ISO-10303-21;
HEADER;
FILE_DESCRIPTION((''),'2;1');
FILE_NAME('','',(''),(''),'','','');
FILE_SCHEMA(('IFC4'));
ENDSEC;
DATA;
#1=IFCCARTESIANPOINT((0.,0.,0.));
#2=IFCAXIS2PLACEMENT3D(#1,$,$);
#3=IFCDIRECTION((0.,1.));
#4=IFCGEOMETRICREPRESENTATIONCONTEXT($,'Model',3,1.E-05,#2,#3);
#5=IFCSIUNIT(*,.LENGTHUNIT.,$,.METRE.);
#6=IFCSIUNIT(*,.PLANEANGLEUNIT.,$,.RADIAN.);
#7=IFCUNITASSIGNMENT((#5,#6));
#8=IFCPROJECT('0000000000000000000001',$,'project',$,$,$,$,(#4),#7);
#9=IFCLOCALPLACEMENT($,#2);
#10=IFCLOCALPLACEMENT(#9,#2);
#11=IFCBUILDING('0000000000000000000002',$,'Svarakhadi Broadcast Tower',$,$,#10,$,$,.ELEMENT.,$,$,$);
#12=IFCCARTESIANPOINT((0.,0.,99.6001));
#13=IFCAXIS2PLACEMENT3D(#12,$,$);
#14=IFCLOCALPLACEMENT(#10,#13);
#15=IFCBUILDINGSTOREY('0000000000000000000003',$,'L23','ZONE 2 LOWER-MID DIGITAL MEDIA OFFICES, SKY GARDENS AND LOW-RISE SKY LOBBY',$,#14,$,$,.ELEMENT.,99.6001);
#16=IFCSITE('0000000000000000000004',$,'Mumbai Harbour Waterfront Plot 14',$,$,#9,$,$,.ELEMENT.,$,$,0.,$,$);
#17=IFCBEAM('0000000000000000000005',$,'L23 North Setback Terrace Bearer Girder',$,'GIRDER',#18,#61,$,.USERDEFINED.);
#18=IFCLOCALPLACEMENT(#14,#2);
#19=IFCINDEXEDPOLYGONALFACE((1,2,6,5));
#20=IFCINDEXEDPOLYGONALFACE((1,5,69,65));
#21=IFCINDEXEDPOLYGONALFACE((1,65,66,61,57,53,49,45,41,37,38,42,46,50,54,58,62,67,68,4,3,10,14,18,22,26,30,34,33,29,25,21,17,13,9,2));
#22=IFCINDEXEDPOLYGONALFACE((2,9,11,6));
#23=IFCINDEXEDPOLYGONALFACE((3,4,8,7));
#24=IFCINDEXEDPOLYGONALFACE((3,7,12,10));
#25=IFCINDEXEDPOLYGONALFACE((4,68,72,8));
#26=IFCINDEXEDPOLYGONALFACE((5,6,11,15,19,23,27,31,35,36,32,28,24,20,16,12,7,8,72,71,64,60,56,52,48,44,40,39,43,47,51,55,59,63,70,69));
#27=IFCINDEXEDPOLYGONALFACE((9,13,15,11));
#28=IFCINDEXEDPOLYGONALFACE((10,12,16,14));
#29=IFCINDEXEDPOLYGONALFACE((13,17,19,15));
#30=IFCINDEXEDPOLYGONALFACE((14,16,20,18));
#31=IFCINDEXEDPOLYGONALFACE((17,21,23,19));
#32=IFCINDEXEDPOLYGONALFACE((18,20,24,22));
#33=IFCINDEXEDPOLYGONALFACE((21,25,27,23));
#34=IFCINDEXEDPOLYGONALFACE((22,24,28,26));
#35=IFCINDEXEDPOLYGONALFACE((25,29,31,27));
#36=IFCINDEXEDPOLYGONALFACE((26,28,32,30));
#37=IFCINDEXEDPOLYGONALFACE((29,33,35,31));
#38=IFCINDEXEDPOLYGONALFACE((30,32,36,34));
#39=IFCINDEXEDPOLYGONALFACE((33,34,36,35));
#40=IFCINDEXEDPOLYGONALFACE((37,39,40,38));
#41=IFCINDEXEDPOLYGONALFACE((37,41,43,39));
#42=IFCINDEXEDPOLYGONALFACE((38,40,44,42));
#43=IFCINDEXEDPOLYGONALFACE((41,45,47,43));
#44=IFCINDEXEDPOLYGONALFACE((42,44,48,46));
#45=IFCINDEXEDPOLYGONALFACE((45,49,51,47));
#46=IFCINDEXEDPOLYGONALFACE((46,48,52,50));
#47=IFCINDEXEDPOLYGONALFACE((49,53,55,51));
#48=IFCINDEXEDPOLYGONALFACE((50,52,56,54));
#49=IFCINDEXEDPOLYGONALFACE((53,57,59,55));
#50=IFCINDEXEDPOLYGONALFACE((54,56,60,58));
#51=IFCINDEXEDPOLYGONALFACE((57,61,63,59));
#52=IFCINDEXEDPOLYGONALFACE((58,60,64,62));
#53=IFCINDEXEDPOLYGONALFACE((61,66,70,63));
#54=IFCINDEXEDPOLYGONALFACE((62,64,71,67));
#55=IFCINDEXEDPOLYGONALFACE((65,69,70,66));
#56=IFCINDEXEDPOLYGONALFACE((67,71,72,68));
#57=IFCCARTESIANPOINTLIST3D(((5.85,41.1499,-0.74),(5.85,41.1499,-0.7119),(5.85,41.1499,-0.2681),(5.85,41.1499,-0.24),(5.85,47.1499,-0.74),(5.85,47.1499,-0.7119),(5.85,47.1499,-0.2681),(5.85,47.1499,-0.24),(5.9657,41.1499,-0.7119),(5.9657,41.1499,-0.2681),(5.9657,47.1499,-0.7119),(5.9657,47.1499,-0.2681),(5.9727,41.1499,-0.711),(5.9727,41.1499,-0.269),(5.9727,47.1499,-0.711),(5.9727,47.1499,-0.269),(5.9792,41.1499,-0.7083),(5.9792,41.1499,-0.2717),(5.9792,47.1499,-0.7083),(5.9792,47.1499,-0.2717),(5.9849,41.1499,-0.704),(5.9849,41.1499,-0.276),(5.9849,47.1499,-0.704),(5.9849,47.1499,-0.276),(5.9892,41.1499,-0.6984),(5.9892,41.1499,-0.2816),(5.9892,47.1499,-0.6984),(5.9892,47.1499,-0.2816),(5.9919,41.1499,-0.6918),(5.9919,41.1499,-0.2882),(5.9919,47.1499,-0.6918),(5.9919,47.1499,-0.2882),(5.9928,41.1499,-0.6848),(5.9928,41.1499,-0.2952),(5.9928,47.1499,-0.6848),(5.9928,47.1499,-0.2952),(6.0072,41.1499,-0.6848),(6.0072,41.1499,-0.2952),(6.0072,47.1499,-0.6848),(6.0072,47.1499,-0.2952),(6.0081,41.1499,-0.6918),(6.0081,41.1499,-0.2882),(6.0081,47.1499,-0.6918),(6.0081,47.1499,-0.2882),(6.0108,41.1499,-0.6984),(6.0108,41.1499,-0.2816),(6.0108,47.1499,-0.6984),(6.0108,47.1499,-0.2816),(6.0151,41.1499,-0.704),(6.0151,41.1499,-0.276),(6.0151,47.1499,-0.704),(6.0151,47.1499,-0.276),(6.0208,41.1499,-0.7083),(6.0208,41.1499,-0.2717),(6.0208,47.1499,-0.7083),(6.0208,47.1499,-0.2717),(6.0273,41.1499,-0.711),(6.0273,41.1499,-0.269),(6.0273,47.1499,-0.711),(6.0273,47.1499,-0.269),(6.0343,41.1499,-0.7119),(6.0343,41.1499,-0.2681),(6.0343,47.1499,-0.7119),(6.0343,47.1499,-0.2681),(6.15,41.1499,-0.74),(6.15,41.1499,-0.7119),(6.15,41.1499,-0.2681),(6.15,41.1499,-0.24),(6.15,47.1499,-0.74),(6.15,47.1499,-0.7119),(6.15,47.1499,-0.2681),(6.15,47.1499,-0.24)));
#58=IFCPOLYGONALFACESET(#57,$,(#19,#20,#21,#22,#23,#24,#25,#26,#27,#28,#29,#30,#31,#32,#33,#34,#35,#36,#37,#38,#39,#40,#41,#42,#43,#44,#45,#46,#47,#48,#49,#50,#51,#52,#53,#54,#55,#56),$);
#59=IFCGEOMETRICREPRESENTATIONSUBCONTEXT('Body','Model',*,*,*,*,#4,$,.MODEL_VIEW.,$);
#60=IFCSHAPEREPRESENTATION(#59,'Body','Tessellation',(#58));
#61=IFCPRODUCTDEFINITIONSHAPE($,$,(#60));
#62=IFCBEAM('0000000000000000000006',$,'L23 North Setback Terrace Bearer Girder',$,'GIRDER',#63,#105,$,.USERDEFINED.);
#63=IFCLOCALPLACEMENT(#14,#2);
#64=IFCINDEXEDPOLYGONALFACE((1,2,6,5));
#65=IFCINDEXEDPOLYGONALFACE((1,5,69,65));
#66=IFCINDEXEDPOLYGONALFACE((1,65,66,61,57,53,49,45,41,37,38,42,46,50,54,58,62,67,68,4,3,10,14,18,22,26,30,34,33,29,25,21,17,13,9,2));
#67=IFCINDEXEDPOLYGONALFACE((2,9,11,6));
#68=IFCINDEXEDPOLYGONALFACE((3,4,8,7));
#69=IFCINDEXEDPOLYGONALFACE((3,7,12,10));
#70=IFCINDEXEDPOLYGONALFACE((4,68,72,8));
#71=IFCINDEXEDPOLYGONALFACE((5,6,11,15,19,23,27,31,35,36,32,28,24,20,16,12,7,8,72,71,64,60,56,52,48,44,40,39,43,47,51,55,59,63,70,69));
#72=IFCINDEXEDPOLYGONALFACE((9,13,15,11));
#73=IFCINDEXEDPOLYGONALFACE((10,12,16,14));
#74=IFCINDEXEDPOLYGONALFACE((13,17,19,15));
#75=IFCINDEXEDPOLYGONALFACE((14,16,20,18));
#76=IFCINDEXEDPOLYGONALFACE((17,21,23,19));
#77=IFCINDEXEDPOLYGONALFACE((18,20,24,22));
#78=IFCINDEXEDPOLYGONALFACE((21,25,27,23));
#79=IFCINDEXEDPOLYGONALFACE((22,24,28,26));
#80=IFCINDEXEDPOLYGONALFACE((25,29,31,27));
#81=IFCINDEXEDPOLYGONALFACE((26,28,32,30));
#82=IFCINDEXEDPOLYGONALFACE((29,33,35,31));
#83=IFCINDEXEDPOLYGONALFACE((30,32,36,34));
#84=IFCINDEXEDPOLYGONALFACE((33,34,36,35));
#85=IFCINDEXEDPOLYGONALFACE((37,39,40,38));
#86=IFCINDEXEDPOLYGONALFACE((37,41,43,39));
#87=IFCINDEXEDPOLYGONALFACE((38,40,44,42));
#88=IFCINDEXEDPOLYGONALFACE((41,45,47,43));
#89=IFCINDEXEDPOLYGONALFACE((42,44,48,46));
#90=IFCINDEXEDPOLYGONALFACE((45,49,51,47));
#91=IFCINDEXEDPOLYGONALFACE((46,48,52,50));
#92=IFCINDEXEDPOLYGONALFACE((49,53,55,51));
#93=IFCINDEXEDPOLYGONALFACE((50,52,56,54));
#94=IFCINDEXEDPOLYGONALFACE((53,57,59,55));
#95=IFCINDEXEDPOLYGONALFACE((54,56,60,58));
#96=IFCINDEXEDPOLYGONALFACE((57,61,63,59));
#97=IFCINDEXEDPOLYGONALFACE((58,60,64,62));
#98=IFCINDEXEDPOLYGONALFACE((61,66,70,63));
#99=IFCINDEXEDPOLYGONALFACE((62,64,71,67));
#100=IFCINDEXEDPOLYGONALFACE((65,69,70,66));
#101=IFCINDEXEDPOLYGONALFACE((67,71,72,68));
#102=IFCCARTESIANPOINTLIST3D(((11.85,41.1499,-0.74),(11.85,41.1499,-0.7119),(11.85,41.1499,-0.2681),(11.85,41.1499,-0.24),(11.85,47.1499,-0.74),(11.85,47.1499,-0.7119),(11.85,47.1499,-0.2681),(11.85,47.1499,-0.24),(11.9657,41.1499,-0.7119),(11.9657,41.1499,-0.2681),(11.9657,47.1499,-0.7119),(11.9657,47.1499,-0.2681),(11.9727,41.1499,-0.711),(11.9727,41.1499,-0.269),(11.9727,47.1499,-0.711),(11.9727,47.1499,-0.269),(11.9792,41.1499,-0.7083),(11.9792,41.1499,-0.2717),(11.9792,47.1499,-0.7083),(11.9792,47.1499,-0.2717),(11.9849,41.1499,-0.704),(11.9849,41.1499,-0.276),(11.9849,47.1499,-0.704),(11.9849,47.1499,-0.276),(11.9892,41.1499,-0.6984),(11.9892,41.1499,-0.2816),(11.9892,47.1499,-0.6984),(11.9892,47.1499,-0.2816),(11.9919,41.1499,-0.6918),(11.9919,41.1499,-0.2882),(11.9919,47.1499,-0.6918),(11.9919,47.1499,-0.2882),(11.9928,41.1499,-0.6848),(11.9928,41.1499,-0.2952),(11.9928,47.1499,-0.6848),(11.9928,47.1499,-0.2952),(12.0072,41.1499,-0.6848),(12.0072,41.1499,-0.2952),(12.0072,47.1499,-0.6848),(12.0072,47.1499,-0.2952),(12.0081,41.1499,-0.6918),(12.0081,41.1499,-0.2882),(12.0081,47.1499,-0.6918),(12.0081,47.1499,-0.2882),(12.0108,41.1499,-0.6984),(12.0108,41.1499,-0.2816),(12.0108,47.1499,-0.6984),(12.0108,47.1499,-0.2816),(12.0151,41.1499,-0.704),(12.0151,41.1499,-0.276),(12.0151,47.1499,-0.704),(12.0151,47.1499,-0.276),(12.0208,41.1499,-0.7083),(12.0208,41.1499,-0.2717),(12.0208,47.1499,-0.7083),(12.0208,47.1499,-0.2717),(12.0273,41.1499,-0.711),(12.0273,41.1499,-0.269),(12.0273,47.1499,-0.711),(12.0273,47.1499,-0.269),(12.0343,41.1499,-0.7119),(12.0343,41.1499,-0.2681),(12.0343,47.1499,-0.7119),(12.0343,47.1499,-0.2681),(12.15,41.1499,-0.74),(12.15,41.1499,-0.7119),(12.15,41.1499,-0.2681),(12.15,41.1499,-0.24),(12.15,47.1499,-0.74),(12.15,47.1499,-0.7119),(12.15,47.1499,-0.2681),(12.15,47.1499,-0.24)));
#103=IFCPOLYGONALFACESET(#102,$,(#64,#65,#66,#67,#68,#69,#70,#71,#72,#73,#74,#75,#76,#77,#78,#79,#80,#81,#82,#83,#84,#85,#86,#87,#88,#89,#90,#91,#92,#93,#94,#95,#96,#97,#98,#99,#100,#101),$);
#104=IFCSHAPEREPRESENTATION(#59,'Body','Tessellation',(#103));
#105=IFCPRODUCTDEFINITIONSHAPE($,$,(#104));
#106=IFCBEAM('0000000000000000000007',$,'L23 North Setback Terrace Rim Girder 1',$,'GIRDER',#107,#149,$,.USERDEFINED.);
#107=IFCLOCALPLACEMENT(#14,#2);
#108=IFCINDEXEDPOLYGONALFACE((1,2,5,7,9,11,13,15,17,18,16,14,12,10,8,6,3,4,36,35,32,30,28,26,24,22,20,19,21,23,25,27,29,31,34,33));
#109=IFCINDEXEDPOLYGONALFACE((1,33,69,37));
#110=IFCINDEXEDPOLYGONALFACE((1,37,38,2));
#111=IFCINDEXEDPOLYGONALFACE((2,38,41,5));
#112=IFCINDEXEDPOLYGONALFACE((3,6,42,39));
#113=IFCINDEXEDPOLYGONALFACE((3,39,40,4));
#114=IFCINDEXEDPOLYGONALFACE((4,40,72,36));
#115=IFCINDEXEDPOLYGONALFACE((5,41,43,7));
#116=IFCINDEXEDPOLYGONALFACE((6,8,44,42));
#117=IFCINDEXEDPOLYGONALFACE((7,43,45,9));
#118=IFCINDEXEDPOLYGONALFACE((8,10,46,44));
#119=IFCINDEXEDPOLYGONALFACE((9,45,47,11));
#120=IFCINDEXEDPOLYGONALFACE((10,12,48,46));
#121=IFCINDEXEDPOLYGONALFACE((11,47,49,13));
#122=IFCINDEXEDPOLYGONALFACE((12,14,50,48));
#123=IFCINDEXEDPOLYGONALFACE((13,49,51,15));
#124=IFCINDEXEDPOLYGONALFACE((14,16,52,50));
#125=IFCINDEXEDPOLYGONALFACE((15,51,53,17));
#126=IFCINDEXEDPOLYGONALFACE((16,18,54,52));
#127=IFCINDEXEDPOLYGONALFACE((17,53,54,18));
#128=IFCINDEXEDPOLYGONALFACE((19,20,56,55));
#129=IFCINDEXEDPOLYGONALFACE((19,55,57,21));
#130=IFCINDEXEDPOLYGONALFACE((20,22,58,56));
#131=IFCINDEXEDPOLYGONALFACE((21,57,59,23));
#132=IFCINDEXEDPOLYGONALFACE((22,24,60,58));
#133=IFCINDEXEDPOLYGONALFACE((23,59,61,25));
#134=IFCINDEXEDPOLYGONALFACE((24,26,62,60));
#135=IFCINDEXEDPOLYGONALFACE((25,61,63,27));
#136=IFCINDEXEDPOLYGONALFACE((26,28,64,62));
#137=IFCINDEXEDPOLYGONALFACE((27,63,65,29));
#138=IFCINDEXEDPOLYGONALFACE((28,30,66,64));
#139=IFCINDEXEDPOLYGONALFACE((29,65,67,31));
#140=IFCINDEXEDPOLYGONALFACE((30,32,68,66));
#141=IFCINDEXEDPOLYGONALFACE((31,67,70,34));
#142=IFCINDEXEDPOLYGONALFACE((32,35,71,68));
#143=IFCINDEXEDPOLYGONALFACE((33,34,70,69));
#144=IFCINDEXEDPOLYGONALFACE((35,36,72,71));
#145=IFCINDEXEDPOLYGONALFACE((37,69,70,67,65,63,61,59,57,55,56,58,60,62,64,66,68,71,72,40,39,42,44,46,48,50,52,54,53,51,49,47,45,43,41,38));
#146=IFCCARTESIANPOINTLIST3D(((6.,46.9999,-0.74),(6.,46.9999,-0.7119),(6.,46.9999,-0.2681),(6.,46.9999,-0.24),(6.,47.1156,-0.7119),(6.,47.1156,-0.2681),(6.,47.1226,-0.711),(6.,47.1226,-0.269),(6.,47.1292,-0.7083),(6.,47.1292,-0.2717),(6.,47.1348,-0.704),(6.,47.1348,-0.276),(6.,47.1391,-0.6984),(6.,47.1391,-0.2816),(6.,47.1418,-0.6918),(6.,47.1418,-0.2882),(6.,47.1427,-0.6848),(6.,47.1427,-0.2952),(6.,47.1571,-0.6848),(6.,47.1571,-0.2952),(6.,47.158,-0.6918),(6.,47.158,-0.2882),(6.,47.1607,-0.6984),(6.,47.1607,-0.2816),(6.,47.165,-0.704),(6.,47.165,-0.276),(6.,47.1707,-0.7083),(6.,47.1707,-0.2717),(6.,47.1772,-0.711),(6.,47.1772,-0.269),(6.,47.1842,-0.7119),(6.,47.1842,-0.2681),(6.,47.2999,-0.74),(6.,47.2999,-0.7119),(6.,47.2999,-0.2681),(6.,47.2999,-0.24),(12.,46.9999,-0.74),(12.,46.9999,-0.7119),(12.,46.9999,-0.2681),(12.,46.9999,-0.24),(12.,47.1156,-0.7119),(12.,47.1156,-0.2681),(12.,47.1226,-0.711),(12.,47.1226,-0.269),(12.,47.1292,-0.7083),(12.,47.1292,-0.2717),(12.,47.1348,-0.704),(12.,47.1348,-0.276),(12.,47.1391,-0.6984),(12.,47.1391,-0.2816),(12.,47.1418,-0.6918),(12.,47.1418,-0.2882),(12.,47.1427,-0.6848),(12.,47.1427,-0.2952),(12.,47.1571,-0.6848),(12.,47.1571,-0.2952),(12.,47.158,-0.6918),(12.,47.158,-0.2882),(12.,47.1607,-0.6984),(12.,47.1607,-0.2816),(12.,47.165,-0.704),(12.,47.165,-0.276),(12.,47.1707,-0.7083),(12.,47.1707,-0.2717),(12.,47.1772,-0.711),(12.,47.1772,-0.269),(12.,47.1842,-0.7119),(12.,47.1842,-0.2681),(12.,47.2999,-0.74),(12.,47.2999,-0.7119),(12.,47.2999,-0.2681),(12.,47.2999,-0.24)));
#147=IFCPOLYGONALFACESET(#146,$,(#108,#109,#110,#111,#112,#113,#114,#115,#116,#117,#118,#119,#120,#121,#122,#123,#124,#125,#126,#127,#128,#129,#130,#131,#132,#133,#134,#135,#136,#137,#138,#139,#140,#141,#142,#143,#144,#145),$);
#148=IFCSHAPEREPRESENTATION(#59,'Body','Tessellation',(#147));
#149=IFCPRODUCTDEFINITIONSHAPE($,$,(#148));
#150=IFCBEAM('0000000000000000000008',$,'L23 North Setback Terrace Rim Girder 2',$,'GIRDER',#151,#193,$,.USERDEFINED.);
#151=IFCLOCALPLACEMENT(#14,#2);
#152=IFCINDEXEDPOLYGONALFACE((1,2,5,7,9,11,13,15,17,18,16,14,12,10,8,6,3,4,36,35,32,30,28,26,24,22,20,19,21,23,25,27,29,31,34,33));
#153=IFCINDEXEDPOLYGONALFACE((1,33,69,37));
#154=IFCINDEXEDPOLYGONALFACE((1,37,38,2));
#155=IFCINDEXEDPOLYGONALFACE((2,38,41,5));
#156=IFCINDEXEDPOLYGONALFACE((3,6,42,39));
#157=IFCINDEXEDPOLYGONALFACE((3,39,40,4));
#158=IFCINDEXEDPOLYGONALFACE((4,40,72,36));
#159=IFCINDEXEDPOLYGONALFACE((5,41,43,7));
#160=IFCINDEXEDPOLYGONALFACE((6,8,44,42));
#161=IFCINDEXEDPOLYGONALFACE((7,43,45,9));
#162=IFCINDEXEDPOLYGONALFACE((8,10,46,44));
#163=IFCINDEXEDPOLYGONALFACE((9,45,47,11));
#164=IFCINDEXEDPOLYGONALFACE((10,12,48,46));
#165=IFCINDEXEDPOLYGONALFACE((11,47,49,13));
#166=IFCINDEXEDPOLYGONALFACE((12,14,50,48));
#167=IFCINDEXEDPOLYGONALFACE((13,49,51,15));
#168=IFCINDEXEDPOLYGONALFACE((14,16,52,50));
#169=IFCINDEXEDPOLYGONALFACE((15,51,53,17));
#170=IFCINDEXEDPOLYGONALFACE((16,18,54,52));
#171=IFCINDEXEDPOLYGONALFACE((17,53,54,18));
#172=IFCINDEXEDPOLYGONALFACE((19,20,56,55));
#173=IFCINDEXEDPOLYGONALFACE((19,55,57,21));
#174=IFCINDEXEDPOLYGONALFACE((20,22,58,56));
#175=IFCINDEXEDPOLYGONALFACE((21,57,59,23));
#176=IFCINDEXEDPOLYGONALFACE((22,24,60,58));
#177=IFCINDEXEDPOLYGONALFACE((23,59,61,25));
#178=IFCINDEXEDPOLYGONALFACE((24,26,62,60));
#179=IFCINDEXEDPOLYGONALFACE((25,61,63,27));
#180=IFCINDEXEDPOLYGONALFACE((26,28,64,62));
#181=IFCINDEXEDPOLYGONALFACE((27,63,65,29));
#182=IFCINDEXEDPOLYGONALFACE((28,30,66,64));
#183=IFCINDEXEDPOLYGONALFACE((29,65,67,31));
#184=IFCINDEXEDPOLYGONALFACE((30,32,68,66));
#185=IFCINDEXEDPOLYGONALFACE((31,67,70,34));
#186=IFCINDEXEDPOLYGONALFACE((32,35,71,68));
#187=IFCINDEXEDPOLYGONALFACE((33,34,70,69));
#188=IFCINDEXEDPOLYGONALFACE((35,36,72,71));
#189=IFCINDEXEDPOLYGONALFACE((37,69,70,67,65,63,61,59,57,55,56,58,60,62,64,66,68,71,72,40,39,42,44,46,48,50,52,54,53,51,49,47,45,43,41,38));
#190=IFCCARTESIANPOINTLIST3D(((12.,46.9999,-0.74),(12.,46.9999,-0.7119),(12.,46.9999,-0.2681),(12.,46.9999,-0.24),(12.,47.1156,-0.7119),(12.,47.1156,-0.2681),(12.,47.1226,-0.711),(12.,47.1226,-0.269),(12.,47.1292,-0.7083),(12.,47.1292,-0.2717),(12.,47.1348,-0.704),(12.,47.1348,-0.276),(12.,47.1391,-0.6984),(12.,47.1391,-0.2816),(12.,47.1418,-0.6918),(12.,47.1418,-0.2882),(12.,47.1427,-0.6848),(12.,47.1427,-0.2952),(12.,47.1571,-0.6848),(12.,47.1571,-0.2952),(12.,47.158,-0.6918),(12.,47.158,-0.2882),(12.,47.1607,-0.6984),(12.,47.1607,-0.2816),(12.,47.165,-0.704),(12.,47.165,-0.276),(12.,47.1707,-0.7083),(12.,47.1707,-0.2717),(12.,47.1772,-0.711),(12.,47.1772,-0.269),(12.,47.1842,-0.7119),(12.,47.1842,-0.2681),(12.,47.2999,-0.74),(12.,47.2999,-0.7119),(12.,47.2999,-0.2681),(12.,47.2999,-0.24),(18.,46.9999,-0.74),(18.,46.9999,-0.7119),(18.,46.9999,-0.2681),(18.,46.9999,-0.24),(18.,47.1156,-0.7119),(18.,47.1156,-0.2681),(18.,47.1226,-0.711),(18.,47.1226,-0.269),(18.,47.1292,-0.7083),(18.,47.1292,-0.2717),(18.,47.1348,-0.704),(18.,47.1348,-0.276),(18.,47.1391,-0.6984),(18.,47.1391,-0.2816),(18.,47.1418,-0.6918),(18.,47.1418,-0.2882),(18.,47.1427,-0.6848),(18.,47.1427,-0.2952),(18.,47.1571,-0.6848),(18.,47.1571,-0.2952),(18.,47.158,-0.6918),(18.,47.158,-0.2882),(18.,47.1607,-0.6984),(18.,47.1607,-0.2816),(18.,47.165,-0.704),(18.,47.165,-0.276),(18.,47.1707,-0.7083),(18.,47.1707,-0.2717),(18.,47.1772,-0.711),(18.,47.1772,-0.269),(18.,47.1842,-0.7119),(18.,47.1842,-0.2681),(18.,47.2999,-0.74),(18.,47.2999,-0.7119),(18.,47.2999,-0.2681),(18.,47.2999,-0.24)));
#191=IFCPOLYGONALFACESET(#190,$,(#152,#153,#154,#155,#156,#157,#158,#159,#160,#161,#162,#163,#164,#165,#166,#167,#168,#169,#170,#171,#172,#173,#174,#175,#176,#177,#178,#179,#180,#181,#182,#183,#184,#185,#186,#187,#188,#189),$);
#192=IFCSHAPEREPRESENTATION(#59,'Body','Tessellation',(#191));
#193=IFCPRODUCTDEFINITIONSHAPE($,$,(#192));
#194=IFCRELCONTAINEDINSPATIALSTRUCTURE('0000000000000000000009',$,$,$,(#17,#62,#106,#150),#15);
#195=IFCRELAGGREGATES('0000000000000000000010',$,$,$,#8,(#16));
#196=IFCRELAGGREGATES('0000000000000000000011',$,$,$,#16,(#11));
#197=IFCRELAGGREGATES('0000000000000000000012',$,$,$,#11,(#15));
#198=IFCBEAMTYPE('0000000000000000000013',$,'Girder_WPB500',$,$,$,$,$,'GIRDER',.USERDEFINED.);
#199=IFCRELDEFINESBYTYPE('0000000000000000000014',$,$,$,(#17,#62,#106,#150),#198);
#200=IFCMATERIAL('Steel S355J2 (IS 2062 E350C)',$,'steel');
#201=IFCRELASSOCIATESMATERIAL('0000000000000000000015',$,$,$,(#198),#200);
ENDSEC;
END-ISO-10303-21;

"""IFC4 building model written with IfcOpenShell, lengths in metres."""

from ifc_helpers import new_model, si_unit, direction, frame, origin, origin_2d, place, context, subcontext, project, spatial, i_section, extrude, material, material_profile, profile_set, type_object, element, save


model = new_model("IFC4")

# Units and contexts
model_context = context("Model", 3, precision=1e-05, world=origin(), true_north=direction((0.0, 1.0)))
body_context = subcontext(model_context, "Body", "Model", "MODEL_VIEW")
ifc_project = project(units=[si_unit("LENGTHUNIT", "METRE"), si_unit("PLANEANGLEUNIT", "RADIAN")], contexts=[model_context])

# Site, building, storey
site_placement = place(None, origin())
site = spatial("IfcSite", under=ifc_project, at=site_placement, Name="Mumbai Harbour Waterfront Plot 14", CompositionType="ELEMENT", RefElevation=0.0)
building_placement = place(site_placement, origin())
building = spatial("IfcBuilding", under=site, at=building_placement, Name="Svarakhadi Broadcast Tower", CompositionType="ELEMENT")
storey_placement = place(building_placement, frame((0.0, 0.0, 99.6001)))
storey = spatial("IfcBuildingStorey", under=building, at=storey_placement, Name="L23", Description="ZONE 2 LOWER-MID DIGITAL MEDIA OFFICES, SKY GARDENS AND LOW-RISE SKY LOBBY", CompositionType="ELEMENT", Elevation=99.6001)

# Shared definitions
ifc_material_1 = material(Name="Steel S355J2 (IS 2062 E350C)", Category="steel")

# Beams
ifc_material_profile_1 = material_profile(ifc_material_1, i_section(OverallWidth=0.3, OverallDepth=0.5, WebThickness=0.0144, FlangeThickness=0.0281, FilletRadius=0.0271, at=origin_2d()), Name="WPB 500x300x187")
ifc_profile_set_1 = profile_set([ifc_material_profile_1], Name="Steel S355J2 (IS 2062 E350C)")
beam_type_1 = type_object("IfcBeamType", Name="Girder_WPB500", ElementType="GIRDER", PredefinedType="USERDEFINED", material=ifc_profile_set_1)
for number, where, z_axis, x_axis, name in (
    (1, (6.0, 41.1499, -0.49), (0.0, 1.0, 0.0), (-1.0, 0.0, 0.0), "L23 North Setback Terrace Bearer Girder"),
    (2, (12.0, 41.1499, -0.49), (0.0, 1.0, 0.0), (-1.0, 0.0, 0.0), "L23 North Setback Terrace Bearer Girder"),
    (3, (6.0, 47.1499, -0.49), (1.0, 0.0, 0.0), (0.0, 1.0, 0.0), "L23 North Setback Terrace Rim Girder 1"),
    (4, (12.0, 47.1499, -0.49), (1.0, 0.0, 0.0), (0.0, 1.0, 0.0), "L23 North Setback Terrace Rim Girder 2"),
):
    element("IfcBeam", number, at=place(storey_placement, frame(where, z_axis=z_axis, x_axis=x_axis)), inside=storey, type_object=beam_type_1, Name=name, ObjectType="GIRDER", PredefinedType="USERDEFINED", context=body_context, shape_type="SweptSolid", body=[
        extrude(i_section(OverallWidth=0.3, OverallDepth=0.5, WebThickness=0.0144, FlangeThickness=0.0281, FilletRadius=0.0271, at=origin_2d()), origin(), (0.0, 0.0, 1.0), 6.0),
    ])

save(model, "model.ifc")
